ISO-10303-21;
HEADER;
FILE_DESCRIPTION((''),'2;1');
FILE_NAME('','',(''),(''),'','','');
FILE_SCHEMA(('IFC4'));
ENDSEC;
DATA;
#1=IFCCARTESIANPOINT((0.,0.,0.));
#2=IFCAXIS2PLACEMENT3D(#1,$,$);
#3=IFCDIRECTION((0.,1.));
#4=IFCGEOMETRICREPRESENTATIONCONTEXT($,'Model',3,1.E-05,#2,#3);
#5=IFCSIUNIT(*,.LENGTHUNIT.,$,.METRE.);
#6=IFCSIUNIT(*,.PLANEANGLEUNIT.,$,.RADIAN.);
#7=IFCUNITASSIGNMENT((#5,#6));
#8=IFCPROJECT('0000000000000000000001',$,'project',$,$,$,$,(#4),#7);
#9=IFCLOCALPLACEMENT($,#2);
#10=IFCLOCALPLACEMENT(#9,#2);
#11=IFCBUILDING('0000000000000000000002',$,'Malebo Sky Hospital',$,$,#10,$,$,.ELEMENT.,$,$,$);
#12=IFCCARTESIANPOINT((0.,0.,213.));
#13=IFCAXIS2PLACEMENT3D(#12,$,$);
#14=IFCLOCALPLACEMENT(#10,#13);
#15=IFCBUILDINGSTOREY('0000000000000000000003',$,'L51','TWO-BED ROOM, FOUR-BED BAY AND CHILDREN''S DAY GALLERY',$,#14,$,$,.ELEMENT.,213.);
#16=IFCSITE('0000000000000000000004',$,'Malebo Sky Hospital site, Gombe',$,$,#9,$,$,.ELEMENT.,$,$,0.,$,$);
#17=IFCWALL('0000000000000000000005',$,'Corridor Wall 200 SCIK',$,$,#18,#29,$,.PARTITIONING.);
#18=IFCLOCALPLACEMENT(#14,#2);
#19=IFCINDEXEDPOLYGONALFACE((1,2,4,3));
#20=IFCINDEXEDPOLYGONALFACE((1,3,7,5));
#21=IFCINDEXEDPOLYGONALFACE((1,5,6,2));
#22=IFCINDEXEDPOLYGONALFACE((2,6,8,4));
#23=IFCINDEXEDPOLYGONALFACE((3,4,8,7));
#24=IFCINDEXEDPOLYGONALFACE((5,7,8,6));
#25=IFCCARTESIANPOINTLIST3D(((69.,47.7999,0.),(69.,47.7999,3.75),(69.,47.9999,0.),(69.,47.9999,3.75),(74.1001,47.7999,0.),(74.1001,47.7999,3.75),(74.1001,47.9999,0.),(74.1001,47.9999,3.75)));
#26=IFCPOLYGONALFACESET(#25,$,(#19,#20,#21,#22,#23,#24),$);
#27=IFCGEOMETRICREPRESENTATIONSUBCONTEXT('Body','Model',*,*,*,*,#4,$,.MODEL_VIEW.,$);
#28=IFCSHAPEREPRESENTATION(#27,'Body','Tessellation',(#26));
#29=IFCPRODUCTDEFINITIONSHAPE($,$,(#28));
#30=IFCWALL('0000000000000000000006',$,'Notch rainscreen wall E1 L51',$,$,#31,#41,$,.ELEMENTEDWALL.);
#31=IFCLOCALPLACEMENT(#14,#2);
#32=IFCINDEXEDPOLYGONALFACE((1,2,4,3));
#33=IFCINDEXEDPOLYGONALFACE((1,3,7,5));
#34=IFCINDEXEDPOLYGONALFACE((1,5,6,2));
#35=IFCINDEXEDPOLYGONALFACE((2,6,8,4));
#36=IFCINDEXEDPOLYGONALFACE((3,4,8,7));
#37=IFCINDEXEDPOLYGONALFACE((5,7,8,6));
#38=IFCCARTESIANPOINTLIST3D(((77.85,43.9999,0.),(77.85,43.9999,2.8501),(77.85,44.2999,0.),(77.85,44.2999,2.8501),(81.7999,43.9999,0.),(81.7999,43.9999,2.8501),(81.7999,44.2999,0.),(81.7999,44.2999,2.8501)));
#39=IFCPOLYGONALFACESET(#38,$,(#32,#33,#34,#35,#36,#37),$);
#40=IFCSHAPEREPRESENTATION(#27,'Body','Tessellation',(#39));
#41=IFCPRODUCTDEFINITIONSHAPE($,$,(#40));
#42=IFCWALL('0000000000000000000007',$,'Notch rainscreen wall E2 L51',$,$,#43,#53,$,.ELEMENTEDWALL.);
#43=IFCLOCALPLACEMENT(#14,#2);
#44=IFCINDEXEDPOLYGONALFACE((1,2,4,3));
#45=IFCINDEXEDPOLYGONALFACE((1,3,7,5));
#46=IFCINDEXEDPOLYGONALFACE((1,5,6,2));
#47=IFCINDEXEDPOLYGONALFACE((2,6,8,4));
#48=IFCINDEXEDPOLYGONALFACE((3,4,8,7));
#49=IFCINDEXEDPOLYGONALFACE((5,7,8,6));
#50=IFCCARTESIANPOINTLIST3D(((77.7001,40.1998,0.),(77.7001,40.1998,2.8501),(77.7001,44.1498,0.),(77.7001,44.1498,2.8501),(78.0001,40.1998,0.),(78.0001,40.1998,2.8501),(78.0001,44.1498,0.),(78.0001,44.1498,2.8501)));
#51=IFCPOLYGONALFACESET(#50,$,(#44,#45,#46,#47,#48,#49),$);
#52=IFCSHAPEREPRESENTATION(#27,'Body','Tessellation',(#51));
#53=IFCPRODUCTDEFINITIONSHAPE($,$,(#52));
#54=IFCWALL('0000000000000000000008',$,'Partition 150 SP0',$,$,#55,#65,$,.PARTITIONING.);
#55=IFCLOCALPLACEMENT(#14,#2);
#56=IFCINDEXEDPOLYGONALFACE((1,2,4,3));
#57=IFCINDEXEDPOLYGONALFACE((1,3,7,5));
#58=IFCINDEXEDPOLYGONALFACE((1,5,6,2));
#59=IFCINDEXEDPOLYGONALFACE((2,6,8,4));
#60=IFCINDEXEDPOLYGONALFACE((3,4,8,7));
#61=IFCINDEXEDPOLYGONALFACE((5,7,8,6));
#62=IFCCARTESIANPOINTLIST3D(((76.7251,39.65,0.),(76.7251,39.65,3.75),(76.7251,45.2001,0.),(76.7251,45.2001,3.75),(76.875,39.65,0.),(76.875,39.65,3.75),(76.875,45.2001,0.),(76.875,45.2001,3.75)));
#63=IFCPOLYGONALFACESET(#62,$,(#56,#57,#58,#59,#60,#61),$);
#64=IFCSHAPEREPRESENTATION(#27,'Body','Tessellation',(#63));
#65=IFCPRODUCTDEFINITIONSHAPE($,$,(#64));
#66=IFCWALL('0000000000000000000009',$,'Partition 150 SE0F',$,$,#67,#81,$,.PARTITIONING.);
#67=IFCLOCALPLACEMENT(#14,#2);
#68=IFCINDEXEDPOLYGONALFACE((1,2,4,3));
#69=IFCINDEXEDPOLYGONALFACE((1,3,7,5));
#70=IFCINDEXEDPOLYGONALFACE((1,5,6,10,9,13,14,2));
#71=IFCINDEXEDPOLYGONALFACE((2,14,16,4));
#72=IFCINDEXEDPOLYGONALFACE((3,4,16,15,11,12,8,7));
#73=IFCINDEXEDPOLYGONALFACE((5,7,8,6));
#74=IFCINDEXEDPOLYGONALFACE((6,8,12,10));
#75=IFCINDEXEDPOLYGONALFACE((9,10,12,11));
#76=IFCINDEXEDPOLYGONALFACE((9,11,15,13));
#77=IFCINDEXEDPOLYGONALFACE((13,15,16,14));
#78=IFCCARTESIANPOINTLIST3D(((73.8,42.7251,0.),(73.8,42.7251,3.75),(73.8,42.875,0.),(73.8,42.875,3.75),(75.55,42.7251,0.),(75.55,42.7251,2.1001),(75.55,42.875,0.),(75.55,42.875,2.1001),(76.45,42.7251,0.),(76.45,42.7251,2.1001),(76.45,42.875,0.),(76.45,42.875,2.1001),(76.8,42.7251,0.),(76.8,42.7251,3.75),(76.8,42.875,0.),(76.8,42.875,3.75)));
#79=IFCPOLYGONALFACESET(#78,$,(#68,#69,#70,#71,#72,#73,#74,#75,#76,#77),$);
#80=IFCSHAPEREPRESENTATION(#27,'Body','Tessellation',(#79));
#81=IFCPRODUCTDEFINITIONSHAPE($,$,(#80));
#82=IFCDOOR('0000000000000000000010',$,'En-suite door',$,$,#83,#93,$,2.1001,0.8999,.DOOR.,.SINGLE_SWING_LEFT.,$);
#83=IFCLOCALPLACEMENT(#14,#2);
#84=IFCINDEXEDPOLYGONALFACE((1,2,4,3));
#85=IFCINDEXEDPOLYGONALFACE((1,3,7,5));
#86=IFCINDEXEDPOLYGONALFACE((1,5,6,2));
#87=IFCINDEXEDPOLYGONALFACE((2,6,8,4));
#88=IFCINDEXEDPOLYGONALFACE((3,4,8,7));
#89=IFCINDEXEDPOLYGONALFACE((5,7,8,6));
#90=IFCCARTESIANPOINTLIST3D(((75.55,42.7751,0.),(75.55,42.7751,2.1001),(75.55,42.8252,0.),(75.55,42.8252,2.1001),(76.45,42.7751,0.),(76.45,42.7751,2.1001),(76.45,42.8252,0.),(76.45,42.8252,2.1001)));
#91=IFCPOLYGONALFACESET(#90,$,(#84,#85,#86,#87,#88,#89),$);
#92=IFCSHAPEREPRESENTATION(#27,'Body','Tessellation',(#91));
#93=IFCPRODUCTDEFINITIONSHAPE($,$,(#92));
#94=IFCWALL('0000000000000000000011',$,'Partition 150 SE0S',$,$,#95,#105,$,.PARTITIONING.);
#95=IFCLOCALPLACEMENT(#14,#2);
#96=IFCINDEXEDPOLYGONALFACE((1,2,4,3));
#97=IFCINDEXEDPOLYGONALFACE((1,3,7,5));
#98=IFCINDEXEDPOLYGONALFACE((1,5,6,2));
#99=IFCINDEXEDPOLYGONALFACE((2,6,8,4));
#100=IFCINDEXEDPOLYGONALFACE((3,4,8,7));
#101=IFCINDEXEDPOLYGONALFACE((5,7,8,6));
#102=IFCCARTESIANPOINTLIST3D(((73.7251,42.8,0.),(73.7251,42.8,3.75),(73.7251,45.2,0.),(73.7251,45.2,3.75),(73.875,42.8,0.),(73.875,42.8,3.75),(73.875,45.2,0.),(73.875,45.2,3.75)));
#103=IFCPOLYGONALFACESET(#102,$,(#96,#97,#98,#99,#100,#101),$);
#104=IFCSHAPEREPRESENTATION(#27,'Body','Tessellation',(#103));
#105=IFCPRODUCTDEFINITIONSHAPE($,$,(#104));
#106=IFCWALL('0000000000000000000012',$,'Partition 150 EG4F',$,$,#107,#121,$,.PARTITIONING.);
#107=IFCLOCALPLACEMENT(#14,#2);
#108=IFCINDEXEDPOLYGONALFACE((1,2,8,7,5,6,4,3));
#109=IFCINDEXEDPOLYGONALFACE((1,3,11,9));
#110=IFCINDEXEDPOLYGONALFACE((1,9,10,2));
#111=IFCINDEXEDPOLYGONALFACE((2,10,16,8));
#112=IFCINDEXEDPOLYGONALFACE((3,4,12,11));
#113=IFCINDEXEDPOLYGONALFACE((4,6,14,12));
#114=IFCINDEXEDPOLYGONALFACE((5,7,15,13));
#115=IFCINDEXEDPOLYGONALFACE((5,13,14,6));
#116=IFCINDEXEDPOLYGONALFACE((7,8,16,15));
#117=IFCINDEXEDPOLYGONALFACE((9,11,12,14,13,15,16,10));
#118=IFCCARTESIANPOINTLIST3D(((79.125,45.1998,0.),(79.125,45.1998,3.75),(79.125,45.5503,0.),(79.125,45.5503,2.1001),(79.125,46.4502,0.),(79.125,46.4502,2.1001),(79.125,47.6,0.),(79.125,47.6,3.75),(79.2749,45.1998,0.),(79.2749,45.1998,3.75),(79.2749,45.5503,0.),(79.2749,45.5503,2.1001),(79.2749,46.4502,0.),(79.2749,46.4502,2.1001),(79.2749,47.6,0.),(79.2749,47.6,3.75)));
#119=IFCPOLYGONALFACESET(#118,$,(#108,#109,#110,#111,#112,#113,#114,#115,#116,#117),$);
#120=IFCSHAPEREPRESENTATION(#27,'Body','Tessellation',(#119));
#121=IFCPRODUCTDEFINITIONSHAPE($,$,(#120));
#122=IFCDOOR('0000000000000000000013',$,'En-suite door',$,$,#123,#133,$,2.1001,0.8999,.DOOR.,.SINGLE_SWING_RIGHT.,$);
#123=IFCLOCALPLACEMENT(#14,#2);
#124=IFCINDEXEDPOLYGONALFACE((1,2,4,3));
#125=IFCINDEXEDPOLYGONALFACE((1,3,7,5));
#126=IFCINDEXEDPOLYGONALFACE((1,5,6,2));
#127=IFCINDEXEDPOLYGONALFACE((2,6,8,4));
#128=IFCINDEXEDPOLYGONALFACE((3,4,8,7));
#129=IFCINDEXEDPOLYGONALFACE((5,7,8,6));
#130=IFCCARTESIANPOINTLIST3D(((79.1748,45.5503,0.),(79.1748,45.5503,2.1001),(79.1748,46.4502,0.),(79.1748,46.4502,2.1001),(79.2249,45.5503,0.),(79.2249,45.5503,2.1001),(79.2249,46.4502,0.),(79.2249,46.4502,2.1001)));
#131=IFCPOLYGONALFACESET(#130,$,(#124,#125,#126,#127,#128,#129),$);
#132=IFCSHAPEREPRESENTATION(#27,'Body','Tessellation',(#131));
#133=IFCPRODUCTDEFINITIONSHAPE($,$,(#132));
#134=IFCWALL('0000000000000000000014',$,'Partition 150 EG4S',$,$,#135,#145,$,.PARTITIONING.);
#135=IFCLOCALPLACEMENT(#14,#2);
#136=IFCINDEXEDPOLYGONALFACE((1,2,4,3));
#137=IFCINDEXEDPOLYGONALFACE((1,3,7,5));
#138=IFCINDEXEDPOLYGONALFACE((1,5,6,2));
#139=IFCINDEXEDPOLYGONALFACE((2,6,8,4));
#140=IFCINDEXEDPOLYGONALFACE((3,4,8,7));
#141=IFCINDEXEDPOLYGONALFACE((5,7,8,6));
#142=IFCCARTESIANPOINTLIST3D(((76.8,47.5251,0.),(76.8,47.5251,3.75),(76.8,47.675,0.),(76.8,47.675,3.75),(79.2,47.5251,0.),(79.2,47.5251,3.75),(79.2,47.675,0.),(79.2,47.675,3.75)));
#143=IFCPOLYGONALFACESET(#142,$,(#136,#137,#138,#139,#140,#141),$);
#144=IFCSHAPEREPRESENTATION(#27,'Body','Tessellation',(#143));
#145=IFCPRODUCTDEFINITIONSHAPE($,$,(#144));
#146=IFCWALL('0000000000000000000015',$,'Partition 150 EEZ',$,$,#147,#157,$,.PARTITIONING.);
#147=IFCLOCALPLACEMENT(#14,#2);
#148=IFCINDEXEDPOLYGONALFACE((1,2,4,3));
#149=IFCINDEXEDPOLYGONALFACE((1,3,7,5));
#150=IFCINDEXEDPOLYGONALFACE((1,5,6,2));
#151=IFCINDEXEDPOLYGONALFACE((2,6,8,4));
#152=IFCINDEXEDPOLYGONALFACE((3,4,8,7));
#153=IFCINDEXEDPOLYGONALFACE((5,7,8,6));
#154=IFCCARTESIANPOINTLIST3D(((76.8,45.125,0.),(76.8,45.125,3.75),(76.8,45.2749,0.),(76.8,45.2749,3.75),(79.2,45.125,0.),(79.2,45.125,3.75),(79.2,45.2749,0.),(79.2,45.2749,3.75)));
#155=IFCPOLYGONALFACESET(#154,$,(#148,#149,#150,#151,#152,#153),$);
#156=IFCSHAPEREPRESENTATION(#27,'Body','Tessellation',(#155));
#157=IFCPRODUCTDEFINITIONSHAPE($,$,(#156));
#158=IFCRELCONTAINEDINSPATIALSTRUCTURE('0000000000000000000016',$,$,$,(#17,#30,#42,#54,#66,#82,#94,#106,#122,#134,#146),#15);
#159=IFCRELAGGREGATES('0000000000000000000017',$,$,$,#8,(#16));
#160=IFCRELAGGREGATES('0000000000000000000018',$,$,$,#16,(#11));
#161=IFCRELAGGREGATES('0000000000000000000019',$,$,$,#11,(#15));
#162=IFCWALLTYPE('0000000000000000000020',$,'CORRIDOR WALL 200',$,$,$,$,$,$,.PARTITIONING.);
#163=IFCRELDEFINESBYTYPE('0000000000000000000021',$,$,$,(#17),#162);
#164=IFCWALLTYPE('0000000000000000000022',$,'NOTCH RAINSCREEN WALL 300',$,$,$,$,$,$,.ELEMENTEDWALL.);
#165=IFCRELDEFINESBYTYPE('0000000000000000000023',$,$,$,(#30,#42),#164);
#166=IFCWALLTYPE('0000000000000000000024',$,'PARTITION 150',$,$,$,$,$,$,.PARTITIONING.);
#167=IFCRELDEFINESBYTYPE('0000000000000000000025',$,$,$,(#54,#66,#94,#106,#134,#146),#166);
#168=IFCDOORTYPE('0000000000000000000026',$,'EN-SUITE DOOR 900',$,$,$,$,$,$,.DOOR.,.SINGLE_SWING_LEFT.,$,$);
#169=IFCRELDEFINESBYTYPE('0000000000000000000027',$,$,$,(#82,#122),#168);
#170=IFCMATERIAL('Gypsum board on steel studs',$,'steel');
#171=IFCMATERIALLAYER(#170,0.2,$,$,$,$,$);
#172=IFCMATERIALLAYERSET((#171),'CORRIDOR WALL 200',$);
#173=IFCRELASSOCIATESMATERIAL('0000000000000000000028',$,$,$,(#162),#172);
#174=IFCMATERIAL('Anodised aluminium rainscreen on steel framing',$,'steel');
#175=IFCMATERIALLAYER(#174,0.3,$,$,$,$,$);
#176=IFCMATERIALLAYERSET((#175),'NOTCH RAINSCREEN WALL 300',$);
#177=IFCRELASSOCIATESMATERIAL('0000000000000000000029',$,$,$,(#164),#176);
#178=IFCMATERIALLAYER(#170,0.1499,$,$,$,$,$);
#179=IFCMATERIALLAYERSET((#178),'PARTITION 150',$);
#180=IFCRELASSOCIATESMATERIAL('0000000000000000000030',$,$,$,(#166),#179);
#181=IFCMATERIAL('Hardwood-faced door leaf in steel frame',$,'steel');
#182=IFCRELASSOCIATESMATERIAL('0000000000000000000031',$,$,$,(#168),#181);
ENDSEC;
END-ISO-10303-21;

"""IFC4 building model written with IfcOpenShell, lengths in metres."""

from ifc_helpers import new_model, si_unit, direction, frame, frame_2d, origin, place, context, subcontext, project, spatial, rectangle, extrude, material, layer, layer_set, type_object, element, fill, save


model = new_model("IFC4")

# Units and contexts
model_context = context("Model", 3, precision=1e-05, world=origin(), true_north=direction((0.0, 1.0)))
body_context = subcontext(model_context, "Body", "Model", "MODEL_VIEW")
ifc_project = project(units=[si_unit("LENGTHUNIT", "METRE"), si_unit("PLANEANGLEUNIT", "RADIAN")], contexts=[model_context])

# Site, building, storey
site_placement = place(None, origin())
site = spatial("IfcSite", under=ifc_project, at=site_placement, Name="Malebo Sky Hospital site, Gombe", CompositionType="ELEMENT", RefElevation=0.0)
building_placement = place(site_placement, origin())
building = spatial("IfcBuilding", under=site, at=building_placement, Name="Malebo Sky Hospital", CompositionType="ELEMENT")
storey_placement = place(building_placement, frame((0.0, 0.0, 213.0)))
storey = spatial("IfcBuildingStorey", under=building, at=storey_placement, Name="L51", Description="TWO-BED ROOM, FOUR-BED BAY AND CHILDREN'S DAY GALLERY", CompositionType="ELEMENT", Elevation=213.0)

# Shared definitions
ifc_material_1 = material(Name="Gypsum board on steel studs", Category="steel")
ifc_layer_1 = layer(ifc_material_1, 0.2)
ifc_layer_set_1 = layer_set([ifc_layer_1], Name="CORRIDOR WALL 200")
wall_type_1 = type_object("IfcWallType", Name="CORRIDOR WALL 200", PredefinedType="PARTITIONING", material=ifc_layer_set_1)
ifc_material_2 = material(Name="Hardwood-faced door leaf in steel frame", Category="steel")

# Walls
wall_1_placement = place(storey_placement, frame((74.1001, 47.8999, 0.0), z_axis=(0.0, 0.0, 1.0), x_axis=(-1.0, 0.0, 0.0)))
element("IfcWall", 1, at=wall_1_placement, inside=storey, type_object=wall_type_1, Name="Corridor Wall 200 SCIK", PredefinedType="PARTITIONING", context=body_context, shape_type="SweptSolid", body=[
    extrude(rectangle(XDim=5.1001, YDim=0.2, at=frame_2d((2.55, 0.0))), origin(), (0.0, 0.0, 1.0), 3.75),
])
ifc_material_3 = material(Name="Anodised aluminium rainscreen on steel framing", Category="steel")
ifc_layer_2 = layer(ifc_material_3, 0.3)
ifc_layer_set_2 = layer_set([ifc_layer_2], Name="NOTCH RAINSCREEN WALL 300")
wall_type_2 = type_object("IfcWallType", Name="NOTCH RAINSCREEN WALL 300", PredefinedType="ELEMENTEDWALL", material=ifc_layer_set_2)
for number, where, z_axis, x_axis, name in (
    (2, (81.8, 44.1499, 0.0), (0.0, 0.0, 1.0), (-1.0, 0.0, 0.0), "Notch rainscreen wall E1 L51"),
    (3, (77.8501, 44.1499, 0.0), (0.0, 0.0, 1.0), (0.0, -1.0, 0.0), "Notch rainscreen wall E2 L51"),
):
    element("IfcWall", number, at=place(storey_placement, frame(where, z_axis=z_axis, x_axis=x_axis)), inside=storey, type_object=wall_type_2, Name=name, PredefinedType="ELEMENTEDWALL", context=body_context, shape_type="SweptSolid", body=[
        extrude(rectangle(XDim=3.95, YDim=0.3, at=frame_2d((1.9751, 0.0))), origin(), (0.0, 0.0, 1.0), 2.8501),
    ])
ifc_layer_3 = layer(ifc_material_1, 0.1499)
ifc_layer_set_3 = layer_set([ifc_layer_3], Name="PARTITION 150")
wall_type_3 = type_object("IfcWallType", Name="PARTITION 150", PredefinedType="PARTITIONING", material=ifc_layer_set_3)
wall_2_placement = place(storey_placement, frame((76.8, 45.2, 0.0), z_axis=(0.0, 0.0, 1.0), x_axis=(0.0, -1.0, 0.0)))
element("IfcWall", 4, at=wall_2_placement, inside=storey, type_object=wall_type_3, Name="Partition 150 SP0", PredefinedType="PARTITIONING", context=body_context, shape_type="SweptSolid", body=[
    extrude(rectangle(XDim=5.55, YDim=0.1499, at=frame_2d((2.7749, 0.0))), origin(), (0.0, 0.0, 1.0), 3.75),
])

# Wall, opening, door
wall_3_placement = place(storey_placement, frame((76.8, 42.8, 0.0), z_axis=(0.0, 0.0, 1.0), x_axis=(-1.0, 0.0, 0.0)))
wall_3 = element("IfcWall", 5, at=wall_3_placement, inside=storey, type_object=wall_type_3, Name="Partition 150 SE0F", PredefinedType="PARTITIONING", context=body_context, shape_type="SweptSolid", body=[
    extrude(rectangle(XDim=3.0, YDim=0.1499, at=frame_2d((1.5, 0.0))), origin(), (0.0, 0.0, 1.0), 3.75),
])
opening_1_placement = place(wall_3_placement, frame((0.3501, 0.0, 0.0)))
opening_1 = element("IfcOpeningElement", 6, at=opening_1_placement, cuts=wall_3, PredefinedType="OPENING", context=body_context, shape_type="SweptSolid", body=[
    extrude(rectangle(XDim=0.8999, YDim=2.1001, at=frame_2d((0.45, 1.05))), frame((0.0, 0.085, 0.0), z_axis=(0.0, -1.0, 0.0), x_axis=(1.0, 0.0, 0.0)), (0.0, 0.0, 1.0), 0.1699),
])
door_type_1 = type_object("IfcDoorType", Name="EN-SUITE DOOR 900", OperationType="SINGLE_SWING_LEFT", PredefinedType="DOOR", material=ifc_material_2)
door_1_placement = place(opening_1_placement, origin())
door_1 = element("IfcDoor", 7, at=door_1_placement, inside=storey, type_object=door_type_1, Name="En-suite door", OperationType="SINGLE_SWING_LEFT", OverallHeight=2.1001, OverallWidth=0.8999, PredefinedType="DOOR", context=body_context, shape_type="SweptSolid", body=[
    extrude(rectangle(XDim=0.8999, YDim=2.1001, at=frame_2d((0.45, 1.05))), frame((0.0, 0.0249, 0.0), z_axis=(0.0, -1.0, 0.0), x_axis=(1.0, 0.0, 0.0)), (0.0, 0.0, 1.0), 0.05),
])
fill(opening_1, door_1)

# Wall
wall_4_placement = place(storey_placement, frame((73.8, 45.2, 0.0), z_axis=(0.0, 0.0, 1.0), x_axis=(0.0, -1.0, 0.0)))
element("IfcWall", 8, at=wall_4_placement, inside=storey, type_object=wall_type_3, Name="Partition 150 SE0S", PredefinedType="PARTITIONING", context=body_context, shape_type="SweptSolid", body=[
    extrude(rectangle(XDim=2.3999, YDim=0.1499, at=frame_2d((1.2, 0.0))), origin(), (0.0, 0.0, 1.0), 3.75),
])

# Wall, opening, door
wall_5_placement = place(storey_placement, frame((79.2, 47.6001, 0.0), z_axis=(0.0, 0.0, 1.0), x_axis=(0.0, -1.0, 0.0)))
wall_5 = element("IfcWall", 9, at=wall_5_placement, inside=storey, type_object=wall_type_3, Name="Partition 150 EG4F", PredefinedType="PARTITIONING", context=body_context, shape_type="SweptSolid", body=[
    extrude(rectangle(XDim=2.4001, YDim=0.1499, at=frame_2d((1.2002, 0.0))), origin(), (0.0, 0.0, 1.0), 3.75),
])
opening_2_placement = place(wall_5_placement, frame((1.1499, 0.0, 0.0)))
opening_2 = element("IfcOpeningElement", 10, at=opening_2_placement, cuts=wall_5, PredefinedType="OPENING", context=body_context, shape_type="SweptSolid", body=[
    extrude(rectangle(XDim=0.8999, YDim=2.1001, at=frame_2d((0.45, 1.05))), frame((0.0, 0.085, 0.0), z_axis=(0.0, -1.0, 0.0), x_axis=(1.0, 0.0, 0.0)), (0.0, 0.0, 1.0), 0.1699),
])
door_2_placement = place(opening_2_placement, origin())
door_2 = element("IfcDoor", 11, at=door_2_placement, inside=storey, type_object=door_type_1, Name="En-suite door", OperationType="SINGLE_SWING_RIGHT", OverallHeight=2.1001, OverallWidth=0.8999, PredefinedType="DOOR", context=body_context, shape_type="SweptSolid", body=[
    extrude(rectangle(XDim=0.8999, YDim=2.1001, at=frame_2d((0.45, 1.05))), frame((0.0, 0.0249, 0.0), z_axis=(0.0, -1.0, 0.0), x_axis=(1.0, 0.0, 0.0)), (0.0, 0.0, 1.0), 0.05),
])
fill(opening_2, door_2)

# Walls
for number, where, z_axis, x_axis, name in (
    (12, (76.8, 47.6001, 0.0), (0.0, 0.0, 1.0), (1.0, 0.0, 0.0), "Partition 150 EG4S"),
    (13, (76.8, 45.2, 0.0), (0.0, 0.0, 1.0), (1.0, 0.0, 0.0), "Partition 150 EEZ"),
):
    element("IfcWall", number, at=place(storey_placement, frame(where, z_axis=z_axis, x_axis=x_axis)), inside=storey, type_object=wall_type_3, Name=name, PredefinedType="PARTITIONING", context=body_context, shape_type="SweptSolid", body=[
        extrude(rectangle(XDim=2.3999, YDim=0.1499, at=frame_2d((1.2, 0.0))), origin(), (0.0, 0.0, 1.0), 3.75),
    ])

save(model, "model.ifc")
